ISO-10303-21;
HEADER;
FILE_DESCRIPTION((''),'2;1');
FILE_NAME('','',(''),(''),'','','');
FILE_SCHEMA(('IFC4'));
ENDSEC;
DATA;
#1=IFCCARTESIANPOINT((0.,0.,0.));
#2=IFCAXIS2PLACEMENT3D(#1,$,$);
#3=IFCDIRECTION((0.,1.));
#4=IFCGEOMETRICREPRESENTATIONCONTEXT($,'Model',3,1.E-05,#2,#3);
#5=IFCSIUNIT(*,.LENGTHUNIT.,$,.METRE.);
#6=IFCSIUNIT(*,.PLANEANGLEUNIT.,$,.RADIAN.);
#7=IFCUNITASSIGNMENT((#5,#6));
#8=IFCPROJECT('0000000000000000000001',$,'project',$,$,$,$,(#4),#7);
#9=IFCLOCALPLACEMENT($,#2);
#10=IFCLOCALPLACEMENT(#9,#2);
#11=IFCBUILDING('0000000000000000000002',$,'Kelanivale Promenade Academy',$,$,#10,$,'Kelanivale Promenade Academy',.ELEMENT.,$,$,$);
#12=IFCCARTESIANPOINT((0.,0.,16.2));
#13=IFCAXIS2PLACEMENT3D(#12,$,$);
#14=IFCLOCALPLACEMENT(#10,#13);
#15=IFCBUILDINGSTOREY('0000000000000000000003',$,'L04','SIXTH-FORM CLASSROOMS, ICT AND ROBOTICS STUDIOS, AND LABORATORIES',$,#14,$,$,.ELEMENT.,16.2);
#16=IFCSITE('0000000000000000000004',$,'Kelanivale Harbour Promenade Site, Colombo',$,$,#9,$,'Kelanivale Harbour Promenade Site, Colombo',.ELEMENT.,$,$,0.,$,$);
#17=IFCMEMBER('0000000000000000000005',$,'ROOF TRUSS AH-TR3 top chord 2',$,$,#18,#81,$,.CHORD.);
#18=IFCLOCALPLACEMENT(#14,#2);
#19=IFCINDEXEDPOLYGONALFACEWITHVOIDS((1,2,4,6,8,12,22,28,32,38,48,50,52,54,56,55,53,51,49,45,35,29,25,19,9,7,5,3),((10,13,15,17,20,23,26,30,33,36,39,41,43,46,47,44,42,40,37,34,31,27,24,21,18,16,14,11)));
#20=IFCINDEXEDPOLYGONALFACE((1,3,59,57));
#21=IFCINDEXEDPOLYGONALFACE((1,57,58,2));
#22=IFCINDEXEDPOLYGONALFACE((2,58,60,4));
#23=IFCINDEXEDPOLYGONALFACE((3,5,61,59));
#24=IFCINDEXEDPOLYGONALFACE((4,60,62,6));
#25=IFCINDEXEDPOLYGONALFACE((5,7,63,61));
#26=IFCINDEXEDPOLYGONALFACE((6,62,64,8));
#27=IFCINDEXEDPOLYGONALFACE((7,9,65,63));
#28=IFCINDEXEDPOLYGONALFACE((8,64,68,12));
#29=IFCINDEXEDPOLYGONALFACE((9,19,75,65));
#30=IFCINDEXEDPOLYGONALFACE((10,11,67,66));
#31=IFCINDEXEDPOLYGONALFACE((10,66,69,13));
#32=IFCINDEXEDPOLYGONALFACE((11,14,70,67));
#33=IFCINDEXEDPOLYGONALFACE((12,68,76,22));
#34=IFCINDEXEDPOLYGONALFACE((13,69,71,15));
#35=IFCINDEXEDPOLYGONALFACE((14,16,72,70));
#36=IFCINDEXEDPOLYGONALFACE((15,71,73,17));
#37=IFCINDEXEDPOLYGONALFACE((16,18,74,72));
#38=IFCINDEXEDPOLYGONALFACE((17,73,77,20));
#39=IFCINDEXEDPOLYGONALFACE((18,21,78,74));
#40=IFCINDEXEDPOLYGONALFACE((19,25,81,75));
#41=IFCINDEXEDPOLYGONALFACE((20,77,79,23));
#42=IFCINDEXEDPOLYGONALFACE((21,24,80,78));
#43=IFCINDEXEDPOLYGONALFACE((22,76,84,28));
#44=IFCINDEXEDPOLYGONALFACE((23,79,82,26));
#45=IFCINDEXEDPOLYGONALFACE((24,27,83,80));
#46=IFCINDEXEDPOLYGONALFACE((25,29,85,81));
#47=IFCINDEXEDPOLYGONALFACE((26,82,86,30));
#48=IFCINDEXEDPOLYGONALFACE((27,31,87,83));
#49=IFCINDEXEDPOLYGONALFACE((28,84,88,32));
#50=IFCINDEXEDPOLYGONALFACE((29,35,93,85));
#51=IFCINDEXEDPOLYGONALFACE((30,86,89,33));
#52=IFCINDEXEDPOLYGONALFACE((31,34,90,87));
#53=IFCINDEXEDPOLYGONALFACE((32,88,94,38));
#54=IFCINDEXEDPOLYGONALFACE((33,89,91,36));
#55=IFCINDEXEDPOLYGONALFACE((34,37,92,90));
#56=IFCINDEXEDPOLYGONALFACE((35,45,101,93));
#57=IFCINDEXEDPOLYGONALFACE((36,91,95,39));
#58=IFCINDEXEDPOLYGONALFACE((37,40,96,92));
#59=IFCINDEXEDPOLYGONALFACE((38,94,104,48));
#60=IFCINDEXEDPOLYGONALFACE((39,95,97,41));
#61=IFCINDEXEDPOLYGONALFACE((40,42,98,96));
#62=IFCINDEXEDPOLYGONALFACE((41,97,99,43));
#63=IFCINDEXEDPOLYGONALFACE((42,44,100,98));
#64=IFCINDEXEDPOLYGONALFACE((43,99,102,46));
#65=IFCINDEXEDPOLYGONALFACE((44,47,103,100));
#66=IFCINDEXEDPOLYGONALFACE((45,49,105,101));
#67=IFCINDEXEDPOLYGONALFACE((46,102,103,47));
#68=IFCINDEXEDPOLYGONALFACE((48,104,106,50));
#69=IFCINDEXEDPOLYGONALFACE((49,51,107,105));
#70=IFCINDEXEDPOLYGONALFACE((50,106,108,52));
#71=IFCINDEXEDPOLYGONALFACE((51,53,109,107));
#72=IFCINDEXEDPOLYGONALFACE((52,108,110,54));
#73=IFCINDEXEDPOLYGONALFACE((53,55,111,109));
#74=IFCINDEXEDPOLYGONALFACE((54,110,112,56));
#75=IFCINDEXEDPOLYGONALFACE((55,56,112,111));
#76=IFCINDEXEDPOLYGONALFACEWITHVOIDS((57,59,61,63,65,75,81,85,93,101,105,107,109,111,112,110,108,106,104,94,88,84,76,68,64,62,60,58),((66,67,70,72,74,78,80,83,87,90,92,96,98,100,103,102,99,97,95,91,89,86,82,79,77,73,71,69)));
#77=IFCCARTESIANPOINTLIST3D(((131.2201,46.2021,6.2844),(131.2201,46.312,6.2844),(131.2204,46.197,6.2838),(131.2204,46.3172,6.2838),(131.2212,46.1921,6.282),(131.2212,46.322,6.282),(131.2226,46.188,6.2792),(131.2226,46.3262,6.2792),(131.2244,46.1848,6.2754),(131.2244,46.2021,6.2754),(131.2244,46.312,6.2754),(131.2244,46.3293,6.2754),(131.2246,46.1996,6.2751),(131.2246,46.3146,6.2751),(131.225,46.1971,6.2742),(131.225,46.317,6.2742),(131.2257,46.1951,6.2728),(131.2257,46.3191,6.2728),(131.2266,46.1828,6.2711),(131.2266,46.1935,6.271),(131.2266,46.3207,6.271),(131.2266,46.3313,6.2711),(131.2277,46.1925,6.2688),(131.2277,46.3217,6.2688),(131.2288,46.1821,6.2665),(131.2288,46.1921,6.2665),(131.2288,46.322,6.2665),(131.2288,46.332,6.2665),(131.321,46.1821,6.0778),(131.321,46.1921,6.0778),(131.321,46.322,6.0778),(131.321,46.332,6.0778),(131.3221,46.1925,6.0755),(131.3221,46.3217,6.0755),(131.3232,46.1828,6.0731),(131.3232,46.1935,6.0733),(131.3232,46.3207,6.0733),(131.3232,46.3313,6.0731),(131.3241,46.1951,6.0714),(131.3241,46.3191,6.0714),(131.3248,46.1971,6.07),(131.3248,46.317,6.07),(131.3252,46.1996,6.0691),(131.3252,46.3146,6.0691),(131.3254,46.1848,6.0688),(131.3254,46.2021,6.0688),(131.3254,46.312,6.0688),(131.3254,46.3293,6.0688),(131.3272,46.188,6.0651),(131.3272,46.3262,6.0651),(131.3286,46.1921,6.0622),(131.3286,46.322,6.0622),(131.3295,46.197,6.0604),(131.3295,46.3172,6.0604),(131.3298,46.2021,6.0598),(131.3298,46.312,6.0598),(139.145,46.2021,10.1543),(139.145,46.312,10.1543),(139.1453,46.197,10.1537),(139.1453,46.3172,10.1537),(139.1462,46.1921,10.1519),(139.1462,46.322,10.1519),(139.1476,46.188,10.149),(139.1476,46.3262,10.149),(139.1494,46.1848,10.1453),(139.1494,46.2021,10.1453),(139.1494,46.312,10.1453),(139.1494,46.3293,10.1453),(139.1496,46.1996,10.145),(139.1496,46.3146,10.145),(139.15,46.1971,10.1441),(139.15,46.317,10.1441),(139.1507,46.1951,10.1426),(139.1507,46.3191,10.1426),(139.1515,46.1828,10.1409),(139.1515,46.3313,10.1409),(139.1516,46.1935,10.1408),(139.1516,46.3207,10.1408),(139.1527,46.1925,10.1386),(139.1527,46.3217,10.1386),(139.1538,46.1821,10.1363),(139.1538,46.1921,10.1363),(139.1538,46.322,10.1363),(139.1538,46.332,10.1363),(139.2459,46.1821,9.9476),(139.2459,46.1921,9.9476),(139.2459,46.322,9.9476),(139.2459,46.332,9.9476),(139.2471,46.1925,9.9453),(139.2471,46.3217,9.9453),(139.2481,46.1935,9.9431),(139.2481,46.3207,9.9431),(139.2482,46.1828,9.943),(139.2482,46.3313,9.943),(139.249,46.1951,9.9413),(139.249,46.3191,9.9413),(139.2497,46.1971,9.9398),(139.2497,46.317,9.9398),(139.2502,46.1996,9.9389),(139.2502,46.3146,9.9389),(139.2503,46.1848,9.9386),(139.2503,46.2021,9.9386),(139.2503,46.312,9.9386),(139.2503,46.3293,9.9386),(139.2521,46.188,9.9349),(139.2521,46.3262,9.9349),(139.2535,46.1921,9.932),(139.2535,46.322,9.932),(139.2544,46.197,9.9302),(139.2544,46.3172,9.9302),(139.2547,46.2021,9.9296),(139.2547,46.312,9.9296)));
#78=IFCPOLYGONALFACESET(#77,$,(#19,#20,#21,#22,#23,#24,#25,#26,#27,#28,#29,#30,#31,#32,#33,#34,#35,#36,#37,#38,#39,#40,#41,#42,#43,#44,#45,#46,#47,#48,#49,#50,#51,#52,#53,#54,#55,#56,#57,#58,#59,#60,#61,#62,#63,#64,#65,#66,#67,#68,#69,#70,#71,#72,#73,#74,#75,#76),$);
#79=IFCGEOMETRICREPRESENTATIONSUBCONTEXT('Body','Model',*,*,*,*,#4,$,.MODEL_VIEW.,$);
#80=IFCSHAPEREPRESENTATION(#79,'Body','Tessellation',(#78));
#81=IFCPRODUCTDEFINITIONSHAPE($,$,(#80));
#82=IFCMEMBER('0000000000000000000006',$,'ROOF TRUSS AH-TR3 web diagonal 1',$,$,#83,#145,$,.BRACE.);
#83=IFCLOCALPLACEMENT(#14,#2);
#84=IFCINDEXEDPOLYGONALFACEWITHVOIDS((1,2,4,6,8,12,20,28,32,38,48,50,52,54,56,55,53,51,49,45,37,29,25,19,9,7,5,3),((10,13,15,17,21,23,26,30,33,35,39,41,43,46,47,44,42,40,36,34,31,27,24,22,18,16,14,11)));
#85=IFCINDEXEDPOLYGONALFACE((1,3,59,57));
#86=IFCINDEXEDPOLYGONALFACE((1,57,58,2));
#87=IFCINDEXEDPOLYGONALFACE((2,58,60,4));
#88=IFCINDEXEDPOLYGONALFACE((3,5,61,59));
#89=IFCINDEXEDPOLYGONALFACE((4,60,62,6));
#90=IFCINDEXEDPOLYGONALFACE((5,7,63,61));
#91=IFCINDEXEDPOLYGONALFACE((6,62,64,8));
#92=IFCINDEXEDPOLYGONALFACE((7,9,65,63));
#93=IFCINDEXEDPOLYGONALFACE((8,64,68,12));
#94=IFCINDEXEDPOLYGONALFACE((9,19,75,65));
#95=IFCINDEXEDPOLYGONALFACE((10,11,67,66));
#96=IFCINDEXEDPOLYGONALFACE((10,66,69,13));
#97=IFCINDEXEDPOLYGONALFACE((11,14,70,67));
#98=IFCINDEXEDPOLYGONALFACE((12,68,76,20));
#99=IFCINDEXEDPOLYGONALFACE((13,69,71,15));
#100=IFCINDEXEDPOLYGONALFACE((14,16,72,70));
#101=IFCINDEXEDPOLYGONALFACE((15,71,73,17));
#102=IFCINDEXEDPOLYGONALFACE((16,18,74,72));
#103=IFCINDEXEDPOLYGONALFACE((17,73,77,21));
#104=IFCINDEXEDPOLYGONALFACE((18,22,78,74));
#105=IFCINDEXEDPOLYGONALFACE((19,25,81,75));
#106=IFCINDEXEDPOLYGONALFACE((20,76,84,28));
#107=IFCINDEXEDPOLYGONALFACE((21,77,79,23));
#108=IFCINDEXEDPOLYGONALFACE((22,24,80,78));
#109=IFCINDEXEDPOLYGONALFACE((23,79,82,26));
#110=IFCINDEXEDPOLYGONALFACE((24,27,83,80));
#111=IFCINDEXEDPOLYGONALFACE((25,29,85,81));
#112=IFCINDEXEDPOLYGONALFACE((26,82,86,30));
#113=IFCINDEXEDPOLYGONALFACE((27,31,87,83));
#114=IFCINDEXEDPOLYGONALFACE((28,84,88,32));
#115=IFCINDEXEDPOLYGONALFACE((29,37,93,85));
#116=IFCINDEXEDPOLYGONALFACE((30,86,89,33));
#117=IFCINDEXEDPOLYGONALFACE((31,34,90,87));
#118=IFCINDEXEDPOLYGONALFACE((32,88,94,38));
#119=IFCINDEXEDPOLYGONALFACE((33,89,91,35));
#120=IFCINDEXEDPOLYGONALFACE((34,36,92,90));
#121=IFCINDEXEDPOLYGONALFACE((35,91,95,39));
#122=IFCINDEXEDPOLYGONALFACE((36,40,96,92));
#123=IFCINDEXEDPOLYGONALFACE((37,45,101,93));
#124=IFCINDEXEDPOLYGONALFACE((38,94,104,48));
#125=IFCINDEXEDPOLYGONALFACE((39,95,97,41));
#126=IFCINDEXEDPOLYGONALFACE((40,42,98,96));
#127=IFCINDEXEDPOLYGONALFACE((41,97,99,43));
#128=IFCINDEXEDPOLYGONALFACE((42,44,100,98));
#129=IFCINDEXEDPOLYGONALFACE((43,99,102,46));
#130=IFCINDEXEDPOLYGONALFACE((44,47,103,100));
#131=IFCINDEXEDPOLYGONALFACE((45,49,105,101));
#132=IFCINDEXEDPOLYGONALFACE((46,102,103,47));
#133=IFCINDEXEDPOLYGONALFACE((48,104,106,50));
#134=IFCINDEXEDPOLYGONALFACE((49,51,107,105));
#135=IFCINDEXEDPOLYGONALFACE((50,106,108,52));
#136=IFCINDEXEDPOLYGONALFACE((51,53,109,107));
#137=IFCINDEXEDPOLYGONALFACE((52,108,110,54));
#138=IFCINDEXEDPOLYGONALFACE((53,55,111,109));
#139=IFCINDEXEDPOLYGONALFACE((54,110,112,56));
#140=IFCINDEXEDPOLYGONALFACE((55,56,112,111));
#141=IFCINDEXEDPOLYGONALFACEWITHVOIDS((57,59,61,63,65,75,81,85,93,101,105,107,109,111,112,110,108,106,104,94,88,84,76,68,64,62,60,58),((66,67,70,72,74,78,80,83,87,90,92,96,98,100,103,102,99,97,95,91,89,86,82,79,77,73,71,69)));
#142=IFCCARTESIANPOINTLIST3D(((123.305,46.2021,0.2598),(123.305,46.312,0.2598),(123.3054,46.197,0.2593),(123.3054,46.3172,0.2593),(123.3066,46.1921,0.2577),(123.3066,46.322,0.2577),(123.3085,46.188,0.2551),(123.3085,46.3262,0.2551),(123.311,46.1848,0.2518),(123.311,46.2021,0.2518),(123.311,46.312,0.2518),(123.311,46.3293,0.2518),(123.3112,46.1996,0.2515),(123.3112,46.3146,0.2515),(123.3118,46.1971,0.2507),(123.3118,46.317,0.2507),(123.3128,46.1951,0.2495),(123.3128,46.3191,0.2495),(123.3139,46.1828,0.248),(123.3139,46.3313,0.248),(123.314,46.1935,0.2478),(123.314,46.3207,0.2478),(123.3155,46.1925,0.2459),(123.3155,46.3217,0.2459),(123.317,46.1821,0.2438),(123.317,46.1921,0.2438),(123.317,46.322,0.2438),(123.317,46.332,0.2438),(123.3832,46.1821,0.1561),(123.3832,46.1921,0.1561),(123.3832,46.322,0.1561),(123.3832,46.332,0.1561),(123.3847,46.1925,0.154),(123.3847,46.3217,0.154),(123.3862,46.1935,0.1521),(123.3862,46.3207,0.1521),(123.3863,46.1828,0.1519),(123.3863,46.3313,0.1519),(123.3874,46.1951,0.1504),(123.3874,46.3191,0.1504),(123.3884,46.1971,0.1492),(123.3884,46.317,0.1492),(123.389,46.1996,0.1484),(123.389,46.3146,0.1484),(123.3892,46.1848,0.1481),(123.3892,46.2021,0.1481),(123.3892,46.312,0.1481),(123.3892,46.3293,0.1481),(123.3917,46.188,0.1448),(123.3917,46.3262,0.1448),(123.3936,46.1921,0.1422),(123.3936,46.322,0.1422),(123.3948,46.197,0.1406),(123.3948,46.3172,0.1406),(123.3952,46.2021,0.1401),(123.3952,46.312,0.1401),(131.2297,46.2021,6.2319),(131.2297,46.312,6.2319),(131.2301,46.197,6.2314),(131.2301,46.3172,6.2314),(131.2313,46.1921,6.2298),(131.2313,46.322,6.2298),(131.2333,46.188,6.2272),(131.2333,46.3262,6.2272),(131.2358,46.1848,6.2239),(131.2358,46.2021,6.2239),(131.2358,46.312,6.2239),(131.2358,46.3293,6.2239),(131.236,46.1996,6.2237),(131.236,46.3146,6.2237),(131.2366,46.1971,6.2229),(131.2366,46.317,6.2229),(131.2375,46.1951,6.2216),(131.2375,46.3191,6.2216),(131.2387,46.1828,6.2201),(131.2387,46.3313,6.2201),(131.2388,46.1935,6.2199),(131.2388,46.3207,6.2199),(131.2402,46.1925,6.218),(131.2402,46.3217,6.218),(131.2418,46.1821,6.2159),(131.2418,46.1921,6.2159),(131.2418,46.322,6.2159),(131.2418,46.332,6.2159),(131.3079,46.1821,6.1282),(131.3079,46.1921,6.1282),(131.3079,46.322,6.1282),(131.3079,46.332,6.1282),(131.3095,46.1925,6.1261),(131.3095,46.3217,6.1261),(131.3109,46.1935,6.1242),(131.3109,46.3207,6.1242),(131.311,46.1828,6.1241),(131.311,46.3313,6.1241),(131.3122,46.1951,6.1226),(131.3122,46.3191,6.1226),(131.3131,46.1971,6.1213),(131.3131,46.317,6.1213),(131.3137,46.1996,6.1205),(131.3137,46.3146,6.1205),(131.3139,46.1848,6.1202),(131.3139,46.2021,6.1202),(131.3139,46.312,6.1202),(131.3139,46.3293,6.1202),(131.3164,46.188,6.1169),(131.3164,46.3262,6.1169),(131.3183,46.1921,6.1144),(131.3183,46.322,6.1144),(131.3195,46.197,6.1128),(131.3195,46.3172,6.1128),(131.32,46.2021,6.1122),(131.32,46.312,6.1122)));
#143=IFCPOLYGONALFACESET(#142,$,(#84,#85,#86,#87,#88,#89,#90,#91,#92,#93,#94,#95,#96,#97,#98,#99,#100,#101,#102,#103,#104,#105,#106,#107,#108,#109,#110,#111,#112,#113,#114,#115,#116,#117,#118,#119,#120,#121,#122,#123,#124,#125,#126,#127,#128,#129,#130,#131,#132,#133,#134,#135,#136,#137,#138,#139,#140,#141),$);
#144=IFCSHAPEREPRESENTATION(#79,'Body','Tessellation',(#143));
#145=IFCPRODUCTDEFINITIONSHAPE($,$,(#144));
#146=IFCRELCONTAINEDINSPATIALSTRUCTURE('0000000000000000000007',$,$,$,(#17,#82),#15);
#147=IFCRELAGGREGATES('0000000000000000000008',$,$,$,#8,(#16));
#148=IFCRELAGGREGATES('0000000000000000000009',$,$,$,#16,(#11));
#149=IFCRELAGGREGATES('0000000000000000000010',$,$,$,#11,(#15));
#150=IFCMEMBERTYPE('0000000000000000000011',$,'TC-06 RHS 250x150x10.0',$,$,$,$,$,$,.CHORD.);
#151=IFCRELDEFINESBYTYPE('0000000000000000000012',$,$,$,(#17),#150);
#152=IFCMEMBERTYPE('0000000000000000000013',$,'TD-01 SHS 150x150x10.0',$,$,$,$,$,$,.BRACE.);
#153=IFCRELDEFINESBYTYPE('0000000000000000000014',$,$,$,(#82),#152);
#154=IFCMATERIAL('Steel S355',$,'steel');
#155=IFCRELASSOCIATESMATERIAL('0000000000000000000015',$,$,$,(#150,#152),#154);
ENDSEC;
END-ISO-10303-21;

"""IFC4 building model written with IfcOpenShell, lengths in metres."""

from ifc_helpers import new_model, si_unit, direction, frame, origin, origin_2d, place, context, subcontext, project, spatial, hollow_rectangle, extrude, material, material_profile, profile_set, type_object, element, save


model = new_model("IFC4")

# Units and contexts
model_context = context("Model", 3, precision=1e-05, world=origin(), true_north=direction((0.0, 1.0)))
body_context = subcontext(model_context, "Body", "Model", "MODEL_VIEW")
ifc_project = project(units=[si_unit("LENGTHUNIT", "METRE"), si_unit("PLANEANGLEUNIT", "RADIAN")], contexts=[model_context])

# Site, building, storey
site_placement = place(None, origin())
site = spatial("IfcSite", under=ifc_project, at=site_placement, Name="Kelanivale Harbour Promenade Site, Colombo", LongName="Kelanivale Harbour Promenade Site, Colombo", CompositionType="ELEMENT", RefElevation=0.0)
building_placement = place(site_placement, origin())
building = spatial("IfcBuilding", under=site, at=building_placement, Name="Kelanivale Promenade Academy", LongName="Kelanivale Promenade Academy", CompositionType="ELEMENT")
storey_placement = place(building_placement, frame((0.0, 0.0, 16.2)))
storey = spatial("IfcBuildingStorey", under=building, at=storey_placement, Name="L04", Description="SIXTH-FORM CLASSROOMS, ICT AND ROBOTICS STUDIOS, AND LABORATORIES", CompositionType="ELEMENT", Elevation=16.2)

# Shared definitions
ifc_material_1 = material(Name="Steel S355", Category="steel")

# Members
ifc_material_profile_1 = material_profile(ifc_material_1, hollow_rectangle(XDim=0.1499, YDim=0.25, WallThickness=0.01, InnerFilletRadius=0.01, OuterFilletRadius=0.02, at=origin_2d()), Name="RHS 250x150x10.0")
ifc_profile_set_1 = profile_set([ifc_material_profile_1], Name="Steel S355")
member_type_1 = type_object("IfcMemberType", Name="TC-06 RHS 250x150x10.0", PredefinedType="CHORD", material=ifc_profile_set_1)
member_1_placement = place(storey_placement, frame((131.2749, 46.2571, 6.1721), z_axis=(0.89859, 0.0, 0.43879), x_axis=(0.0, 1.0, 0.0)))
element("IfcMember", 1, at=member_1_placement, inside=storey, type_object=member_type_1, Name="ROOF TRUSS AH-TR3 top chord 2", PredefinedType="CHORD", context=body_context, shape_type="SweptSolid", body=[
    extrude(hollow_rectangle(XDim=0.1499, YDim=0.25, WallThickness=0.01, InnerFilletRadius=0.01, OuterFilletRadius=0.02, at=origin_2d()), origin(), (0.0, 0.0, 1.0), 8.8193),
])
ifc_material_profile_2 = material_profile(ifc_material_1, hollow_rectangle(XDim=0.1499, YDim=0.1499, WallThickness=0.01, InnerFilletRadius=0.01, OuterFilletRadius=0.02, at=origin_2d()), Name="SHS 150x150x10.0")
ifc_profile_set_2 = profile_set([ifc_material_profile_2], Name="Steel S355")
member_type_2 = type_object("IfcMemberType", Name="TD-01 SHS 150x150x10.0", PredefinedType="BRACE", material=ifc_profile_set_2)
member_2_placement = place(storey_placement, frame((123.3501, 46.2571, 0.2), z_axis=(0.798616, 0.0, 0.601841), x_axis=(0.0, 1.0, 0.0)))
element("IfcMember", 2, at=member_2_placement, inside=storey, type_object=member_type_2, Name="ROOF TRUSS AH-TR3 web diagonal 1", PredefinedType="BRACE", context=body_context, shape_type="SweptSolid", body=[
    extrude(hollow_rectangle(XDim=0.1499, YDim=0.1499, WallThickness=0.01, InnerFilletRadius=0.01, OuterFilletRadius=0.02, at=origin_2d()), origin(), (0.0, 0.0, 1.0), 9.9231),
])

save(model, "model.ifc")
